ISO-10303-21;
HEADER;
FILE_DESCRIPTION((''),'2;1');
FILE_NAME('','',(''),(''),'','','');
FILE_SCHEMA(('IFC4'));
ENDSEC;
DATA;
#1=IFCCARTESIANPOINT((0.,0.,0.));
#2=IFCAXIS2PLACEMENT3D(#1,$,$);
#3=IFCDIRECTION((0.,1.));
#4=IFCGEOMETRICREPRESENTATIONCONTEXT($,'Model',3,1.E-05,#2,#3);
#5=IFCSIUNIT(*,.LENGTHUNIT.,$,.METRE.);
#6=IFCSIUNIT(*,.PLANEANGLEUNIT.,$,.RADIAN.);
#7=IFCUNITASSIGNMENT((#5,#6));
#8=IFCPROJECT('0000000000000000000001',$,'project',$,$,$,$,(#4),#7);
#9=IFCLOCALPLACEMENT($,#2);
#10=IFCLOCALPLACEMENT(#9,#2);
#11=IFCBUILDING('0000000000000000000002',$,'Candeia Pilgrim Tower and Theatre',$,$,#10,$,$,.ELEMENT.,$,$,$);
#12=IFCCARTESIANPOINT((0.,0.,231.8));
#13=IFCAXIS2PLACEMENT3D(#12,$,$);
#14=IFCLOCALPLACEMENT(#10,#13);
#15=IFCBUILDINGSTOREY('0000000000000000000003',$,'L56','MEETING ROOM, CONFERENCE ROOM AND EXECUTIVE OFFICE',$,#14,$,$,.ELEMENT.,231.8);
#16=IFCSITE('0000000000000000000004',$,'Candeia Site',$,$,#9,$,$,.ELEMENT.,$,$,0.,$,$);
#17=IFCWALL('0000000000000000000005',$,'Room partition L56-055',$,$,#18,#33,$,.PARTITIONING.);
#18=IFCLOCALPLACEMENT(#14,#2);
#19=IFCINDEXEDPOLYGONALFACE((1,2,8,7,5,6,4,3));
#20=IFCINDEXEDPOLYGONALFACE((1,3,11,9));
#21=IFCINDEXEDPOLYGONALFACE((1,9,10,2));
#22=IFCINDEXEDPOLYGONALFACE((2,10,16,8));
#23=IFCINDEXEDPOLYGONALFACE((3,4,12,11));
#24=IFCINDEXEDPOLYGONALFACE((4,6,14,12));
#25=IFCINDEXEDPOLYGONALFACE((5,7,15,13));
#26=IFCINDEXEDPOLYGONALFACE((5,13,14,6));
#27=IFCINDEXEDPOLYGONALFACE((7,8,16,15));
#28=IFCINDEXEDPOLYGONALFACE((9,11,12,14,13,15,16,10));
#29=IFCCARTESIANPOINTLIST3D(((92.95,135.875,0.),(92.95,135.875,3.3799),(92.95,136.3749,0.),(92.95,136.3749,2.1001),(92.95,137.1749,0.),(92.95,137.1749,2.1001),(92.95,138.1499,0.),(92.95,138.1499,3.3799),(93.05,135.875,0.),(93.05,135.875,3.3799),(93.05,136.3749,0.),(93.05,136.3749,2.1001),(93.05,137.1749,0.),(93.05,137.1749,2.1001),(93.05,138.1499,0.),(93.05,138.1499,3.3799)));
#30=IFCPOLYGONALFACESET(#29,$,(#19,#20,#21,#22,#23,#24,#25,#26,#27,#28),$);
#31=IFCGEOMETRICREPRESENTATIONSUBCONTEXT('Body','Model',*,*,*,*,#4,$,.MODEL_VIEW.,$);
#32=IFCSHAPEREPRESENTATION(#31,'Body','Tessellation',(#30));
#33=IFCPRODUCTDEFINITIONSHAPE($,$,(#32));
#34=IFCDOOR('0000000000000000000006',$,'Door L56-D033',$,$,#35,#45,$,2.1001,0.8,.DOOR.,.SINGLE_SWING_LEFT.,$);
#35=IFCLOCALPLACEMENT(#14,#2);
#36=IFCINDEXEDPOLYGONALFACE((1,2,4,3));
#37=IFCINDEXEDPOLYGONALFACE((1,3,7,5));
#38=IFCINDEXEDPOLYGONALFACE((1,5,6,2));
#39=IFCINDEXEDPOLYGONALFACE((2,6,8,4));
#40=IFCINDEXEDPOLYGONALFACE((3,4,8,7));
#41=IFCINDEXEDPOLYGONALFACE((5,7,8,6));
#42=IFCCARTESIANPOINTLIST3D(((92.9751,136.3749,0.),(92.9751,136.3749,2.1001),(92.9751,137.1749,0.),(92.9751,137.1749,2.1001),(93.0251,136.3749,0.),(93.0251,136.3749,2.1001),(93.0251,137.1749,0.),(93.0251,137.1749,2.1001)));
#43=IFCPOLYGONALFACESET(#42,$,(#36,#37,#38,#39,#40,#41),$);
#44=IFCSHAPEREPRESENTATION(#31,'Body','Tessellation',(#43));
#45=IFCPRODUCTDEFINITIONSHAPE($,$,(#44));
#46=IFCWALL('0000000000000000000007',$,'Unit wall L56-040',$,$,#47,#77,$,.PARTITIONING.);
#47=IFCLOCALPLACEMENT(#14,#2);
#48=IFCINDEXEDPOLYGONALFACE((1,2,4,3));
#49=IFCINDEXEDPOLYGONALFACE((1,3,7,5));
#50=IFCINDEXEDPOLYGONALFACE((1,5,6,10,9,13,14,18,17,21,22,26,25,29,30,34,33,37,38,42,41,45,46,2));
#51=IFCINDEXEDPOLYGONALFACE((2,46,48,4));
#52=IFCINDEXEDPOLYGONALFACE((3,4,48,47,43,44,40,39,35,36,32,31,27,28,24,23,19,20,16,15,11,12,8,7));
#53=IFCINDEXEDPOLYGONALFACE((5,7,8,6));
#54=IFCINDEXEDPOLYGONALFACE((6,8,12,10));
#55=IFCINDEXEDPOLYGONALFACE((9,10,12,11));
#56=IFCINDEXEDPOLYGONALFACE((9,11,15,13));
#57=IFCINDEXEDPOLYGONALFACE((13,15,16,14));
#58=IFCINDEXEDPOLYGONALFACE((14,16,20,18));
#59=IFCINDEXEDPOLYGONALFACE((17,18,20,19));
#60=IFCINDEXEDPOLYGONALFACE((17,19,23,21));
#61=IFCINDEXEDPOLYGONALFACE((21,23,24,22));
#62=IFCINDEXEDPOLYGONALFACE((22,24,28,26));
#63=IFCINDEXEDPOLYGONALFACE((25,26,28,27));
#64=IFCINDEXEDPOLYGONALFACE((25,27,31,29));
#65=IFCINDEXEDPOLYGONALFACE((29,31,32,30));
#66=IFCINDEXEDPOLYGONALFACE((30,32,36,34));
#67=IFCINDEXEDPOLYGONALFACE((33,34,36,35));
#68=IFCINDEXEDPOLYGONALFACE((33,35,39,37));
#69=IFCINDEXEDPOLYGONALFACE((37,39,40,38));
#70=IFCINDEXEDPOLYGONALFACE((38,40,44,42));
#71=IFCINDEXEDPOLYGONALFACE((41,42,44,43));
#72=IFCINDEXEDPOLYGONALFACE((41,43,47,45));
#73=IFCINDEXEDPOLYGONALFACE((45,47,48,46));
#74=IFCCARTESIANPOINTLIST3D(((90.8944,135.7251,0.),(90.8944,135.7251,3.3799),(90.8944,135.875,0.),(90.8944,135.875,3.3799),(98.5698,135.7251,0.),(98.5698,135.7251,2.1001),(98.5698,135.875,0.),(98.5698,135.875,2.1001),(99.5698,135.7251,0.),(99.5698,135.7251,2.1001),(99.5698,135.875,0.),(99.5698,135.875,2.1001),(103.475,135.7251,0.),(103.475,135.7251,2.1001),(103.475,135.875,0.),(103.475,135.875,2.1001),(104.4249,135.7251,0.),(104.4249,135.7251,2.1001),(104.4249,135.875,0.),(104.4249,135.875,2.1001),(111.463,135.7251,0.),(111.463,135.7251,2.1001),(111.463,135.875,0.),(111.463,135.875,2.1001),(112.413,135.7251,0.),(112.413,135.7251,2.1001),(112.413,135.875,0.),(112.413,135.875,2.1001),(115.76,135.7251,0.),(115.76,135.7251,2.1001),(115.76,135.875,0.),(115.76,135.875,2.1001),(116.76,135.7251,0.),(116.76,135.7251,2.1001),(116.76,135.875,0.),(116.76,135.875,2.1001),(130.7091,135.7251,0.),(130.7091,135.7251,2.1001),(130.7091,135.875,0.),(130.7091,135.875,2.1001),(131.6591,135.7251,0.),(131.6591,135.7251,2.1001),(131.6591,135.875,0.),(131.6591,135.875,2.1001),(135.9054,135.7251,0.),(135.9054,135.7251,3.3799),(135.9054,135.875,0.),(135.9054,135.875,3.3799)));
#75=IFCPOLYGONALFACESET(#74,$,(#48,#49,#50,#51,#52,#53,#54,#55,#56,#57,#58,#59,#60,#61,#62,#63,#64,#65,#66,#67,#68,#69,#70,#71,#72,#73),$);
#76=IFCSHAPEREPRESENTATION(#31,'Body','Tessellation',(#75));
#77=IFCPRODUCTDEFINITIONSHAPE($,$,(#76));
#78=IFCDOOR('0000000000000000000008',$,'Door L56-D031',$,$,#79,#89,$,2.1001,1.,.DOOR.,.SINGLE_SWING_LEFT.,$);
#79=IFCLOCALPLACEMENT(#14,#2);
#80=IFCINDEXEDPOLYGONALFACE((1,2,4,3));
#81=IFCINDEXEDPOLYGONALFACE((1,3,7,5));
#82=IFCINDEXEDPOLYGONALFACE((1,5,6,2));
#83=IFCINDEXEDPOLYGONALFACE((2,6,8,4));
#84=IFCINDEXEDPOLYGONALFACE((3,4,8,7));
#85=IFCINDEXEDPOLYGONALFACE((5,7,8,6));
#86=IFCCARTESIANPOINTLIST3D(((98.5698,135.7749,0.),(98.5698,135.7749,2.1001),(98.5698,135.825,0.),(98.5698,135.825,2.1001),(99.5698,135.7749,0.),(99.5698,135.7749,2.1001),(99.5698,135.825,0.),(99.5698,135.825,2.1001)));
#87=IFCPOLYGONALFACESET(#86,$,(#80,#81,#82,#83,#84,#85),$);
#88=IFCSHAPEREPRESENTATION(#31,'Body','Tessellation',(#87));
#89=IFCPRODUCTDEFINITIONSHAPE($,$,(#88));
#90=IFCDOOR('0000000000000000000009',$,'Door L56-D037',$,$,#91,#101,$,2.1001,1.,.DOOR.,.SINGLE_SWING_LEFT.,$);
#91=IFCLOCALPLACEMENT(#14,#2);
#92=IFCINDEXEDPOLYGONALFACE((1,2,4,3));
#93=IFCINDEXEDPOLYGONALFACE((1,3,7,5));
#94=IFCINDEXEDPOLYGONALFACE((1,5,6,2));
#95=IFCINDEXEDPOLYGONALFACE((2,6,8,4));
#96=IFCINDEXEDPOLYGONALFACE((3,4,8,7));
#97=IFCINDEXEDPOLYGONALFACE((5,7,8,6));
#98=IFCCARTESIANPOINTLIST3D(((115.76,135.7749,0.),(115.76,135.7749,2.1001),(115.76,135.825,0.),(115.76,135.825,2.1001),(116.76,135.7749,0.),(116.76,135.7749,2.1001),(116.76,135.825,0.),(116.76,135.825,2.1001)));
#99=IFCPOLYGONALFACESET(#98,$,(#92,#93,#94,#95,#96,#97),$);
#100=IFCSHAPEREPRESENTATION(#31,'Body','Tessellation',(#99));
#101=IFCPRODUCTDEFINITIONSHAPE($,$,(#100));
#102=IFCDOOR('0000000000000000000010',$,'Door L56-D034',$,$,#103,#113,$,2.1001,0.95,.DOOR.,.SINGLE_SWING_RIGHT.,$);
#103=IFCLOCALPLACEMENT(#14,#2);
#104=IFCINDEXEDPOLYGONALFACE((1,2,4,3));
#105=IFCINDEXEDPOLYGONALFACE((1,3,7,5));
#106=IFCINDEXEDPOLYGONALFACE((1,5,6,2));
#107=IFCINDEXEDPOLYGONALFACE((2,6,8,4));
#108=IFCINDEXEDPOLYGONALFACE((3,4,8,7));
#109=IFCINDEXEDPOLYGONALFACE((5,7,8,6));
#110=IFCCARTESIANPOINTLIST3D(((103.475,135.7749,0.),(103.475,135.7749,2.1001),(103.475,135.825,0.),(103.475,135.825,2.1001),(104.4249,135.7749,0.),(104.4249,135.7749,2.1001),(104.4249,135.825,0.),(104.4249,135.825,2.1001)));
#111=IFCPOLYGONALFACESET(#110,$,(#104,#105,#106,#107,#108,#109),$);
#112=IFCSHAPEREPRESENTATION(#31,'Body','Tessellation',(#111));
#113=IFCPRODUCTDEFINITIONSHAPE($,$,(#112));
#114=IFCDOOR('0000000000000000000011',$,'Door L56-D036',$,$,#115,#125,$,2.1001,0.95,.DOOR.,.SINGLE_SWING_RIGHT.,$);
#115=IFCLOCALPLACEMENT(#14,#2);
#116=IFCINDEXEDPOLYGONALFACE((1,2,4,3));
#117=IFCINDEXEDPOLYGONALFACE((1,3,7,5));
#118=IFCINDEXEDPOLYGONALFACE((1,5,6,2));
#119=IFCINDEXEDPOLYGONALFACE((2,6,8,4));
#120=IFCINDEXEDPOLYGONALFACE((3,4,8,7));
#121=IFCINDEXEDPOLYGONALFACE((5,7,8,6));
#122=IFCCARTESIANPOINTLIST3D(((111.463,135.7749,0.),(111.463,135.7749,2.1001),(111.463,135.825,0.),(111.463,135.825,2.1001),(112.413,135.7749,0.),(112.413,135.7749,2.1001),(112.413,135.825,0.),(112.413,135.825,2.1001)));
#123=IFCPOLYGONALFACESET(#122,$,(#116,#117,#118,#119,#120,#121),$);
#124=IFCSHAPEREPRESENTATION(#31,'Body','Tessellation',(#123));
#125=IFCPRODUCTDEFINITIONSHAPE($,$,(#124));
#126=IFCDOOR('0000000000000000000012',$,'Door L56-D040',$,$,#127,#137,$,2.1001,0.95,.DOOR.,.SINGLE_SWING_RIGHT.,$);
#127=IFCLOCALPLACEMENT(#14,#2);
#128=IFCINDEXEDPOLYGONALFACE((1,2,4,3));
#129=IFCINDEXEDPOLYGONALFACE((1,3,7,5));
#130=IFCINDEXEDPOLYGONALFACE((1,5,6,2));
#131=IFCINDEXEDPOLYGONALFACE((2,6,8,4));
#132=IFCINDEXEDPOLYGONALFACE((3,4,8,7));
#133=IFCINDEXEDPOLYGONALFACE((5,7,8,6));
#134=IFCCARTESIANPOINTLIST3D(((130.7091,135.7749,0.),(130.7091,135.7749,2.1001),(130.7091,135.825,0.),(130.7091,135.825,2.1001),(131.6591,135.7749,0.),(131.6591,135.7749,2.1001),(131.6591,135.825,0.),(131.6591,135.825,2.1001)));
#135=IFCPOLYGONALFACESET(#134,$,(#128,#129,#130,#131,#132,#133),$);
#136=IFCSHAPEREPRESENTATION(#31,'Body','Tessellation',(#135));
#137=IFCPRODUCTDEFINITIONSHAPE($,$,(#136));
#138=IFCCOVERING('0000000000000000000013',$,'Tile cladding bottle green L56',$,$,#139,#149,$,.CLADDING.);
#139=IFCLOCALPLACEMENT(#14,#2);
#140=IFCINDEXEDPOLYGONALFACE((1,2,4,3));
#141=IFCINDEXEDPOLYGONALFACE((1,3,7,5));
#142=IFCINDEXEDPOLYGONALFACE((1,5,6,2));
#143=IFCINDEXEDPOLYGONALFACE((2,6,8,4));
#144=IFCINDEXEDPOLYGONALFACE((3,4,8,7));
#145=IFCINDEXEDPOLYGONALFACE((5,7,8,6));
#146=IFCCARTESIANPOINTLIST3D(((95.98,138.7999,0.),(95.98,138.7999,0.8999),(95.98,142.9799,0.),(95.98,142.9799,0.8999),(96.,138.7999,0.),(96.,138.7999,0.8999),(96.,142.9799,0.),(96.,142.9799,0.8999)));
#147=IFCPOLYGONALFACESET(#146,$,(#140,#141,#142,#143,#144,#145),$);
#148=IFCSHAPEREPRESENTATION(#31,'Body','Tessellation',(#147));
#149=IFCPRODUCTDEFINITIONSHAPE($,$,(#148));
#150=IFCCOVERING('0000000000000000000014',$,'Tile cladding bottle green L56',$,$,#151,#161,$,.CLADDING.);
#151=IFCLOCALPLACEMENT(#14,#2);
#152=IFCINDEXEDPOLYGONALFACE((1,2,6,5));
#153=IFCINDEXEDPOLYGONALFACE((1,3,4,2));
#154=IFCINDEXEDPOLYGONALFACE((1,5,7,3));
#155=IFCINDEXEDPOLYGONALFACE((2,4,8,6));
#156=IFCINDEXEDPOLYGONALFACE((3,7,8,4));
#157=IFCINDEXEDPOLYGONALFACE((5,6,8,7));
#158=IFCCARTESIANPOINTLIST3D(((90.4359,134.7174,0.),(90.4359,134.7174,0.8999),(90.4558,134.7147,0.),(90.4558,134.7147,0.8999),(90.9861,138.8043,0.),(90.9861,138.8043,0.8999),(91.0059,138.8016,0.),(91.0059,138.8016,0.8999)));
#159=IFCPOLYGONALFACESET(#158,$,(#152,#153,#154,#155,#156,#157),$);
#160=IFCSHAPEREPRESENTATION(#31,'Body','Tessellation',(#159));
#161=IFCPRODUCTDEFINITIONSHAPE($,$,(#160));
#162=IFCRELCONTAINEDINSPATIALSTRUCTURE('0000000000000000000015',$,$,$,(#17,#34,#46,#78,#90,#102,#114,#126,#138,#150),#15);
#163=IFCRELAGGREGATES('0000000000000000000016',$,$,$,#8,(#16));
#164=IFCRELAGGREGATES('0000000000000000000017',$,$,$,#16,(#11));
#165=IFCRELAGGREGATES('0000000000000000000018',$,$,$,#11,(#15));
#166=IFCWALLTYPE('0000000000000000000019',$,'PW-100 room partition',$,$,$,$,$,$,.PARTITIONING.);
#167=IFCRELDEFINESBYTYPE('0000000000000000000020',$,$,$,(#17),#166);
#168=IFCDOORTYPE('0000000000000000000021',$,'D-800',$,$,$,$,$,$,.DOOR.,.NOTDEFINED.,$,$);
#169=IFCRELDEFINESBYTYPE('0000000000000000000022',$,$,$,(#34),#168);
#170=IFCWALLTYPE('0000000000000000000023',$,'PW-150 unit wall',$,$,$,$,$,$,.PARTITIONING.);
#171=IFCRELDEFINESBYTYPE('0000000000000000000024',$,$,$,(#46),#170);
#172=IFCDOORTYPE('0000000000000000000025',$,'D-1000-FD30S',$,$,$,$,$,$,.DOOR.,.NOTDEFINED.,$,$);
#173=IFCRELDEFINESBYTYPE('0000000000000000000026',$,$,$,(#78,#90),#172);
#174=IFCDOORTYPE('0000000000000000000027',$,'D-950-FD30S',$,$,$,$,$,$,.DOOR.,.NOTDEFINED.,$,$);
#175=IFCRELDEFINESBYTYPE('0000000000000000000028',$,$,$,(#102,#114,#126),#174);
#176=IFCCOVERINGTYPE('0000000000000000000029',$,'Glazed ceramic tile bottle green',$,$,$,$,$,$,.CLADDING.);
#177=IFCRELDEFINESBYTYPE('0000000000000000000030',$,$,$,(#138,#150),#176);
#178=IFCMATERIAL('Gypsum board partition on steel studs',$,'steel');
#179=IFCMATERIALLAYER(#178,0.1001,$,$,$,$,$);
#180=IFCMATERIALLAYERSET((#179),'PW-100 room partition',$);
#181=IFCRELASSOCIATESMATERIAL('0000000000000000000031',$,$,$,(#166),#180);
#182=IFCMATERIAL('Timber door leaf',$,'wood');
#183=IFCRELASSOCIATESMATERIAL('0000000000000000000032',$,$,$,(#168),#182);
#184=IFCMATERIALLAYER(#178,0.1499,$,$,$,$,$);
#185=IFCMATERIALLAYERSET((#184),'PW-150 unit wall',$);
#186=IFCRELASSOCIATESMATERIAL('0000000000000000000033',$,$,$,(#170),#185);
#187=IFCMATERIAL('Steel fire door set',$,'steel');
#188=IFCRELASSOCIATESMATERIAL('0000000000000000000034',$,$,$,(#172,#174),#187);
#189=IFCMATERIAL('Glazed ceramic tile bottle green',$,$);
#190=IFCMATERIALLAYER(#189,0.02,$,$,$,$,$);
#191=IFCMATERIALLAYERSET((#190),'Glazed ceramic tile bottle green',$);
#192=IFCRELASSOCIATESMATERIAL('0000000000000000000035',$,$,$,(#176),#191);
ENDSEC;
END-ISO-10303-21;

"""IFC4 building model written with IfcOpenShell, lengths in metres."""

from ifc_helpers import new_model, si_unit, direction, frame, frame_2d, origin, origin_2d, place, context, subcontext, project, spatial, rectangle, extrude, material, layer, layer_set, type_object, element, fill, save


model = new_model("IFC4")

# Units and contexts
model_context = context("Model", 3, precision=1e-05, world=origin(), true_north=direction((0.0, 1.0)))
body_context = subcontext(model_context, "Body", "Model", "MODEL_VIEW")
ifc_project = project(units=[si_unit("LENGTHUNIT", "METRE"), si_unit("PLANEANGLEUNIT", "RADIAN")], contexts=[model_context])

# Site, building, storey
site_placement = place(None, origin())
site = spatial("IfcSite", under=ifc_project, at=site_placement, Name="Candeia Site", CompositionType="ELEMENT", RefElevation=0.0)
building_placement = place(site_placement, origin())
building = spatial("IfcBuilding", under=site, at=building_placement, Name="Candeia Pilgrim Tower and Theatre", CompositionType="ELEMENT")
storey_placement = place(building_placement, frame((0.0, 0.0, 231.8)))
storey = spatial("IfcBuildingStorey", under=building, at=storey_placement, Name="L56", Description="MEETING ROOM, CONFERENCE ROOM AND EXECUTIVE OFFICE", CompositionType="ELEMENT", Elevation=231.8)

# Shared definitions
ifc_material_1 = material(Name="Gypsum board partition on steel studs", Category="steel")
ifc_layer_1 = layer(ifc_material_1, 0.1001)
ifc_layer_set_1 = layer_set([ifc_layer_1], Name="PW-100 room partition")
wall_type_1 = type_object("IfcWallType", Name="PW-100 room partition", PredefinedType="PARTITIONING", material=ifc_layer_set_1)

# Wall, opening, door
wall_1_placement = place(storey_placement, frame((93.0, 135.875, 0.0), z_axis=(0.0, 0.0, 1.0), x_axis=(0.0, 1.0, 0.0)))
wall_1 = element("IfcWall", 1, at=wall_1_placement, inside=storey, type_object=wall_type_1, Name="Room partition L56-055", PredefinedType="PARTITIONING", context=body_context, shape_type="SweptSolid", body=[
    extrude(rectangle(XDim=2.2749, YDim=0.1001, at=frame_2d((1.1375, 0.0))), origin(), (0.0, 0.0, 1.0), 3.3799),
])
opening_1_placement = place(wall_1_placement, frame((0.5, 0.0, 0.0)))
opening_1 = element("IfcOpeningElement", 2, at=opening_1_placement, cuts=wall_1, PredefinedType="OPENING", context=body_context, shape_type="SweptSolid", body=[
    extrude(rectangle(XDim=0.8, YDim=2.1001, at=frame_2d((0.3999, 1.05))), frame((0.0, 0.0601, 0.0), z_axis=(0.0, -1.0, 0.0), x_axis=(1.0, 0.0, 0.0)), (0.0, 0.0, 1.0), 0.1201),
])
ifc_material_2 = material(Name="Timber door leaf", Category="wood")
door_type_1 = type_object("IfcDoorType", Name="D-800", OperationType="NOTDEFINED", PredefinedType="DOOR", material=ifc_material_2)
door_1_placement = place(opening_1_placement, origin())
door_1 = element("IfcDoor", 3, at=door_1_placement, inside=storey, type_object=door_type_1, Name="Door L56-D033", OperationType="SINGLE_SWING_LEFT", OverallHeight=2.1001, OverallWidth=0.8, PredefinedType="DOOR", context=body_context, shape_type="SweptSolid", body=[
    extrude(rectangle(XDim=0.8, YDim=2.1001, at=frame_2d((0.3999, 1.05))), frame((0.0, 0.0249, 0.0), z_axis=(0.0, -1.0, 0.0), x_axis=(1.0, 0.0, 0.0)), (0.0, 0.0, 1.0), 0.05),
])
fill(opening_1, door_1)

# Wall, openings, doors
ifc_layer_2 = layer(ifc_material_1, 0.1499)
ifc_layer_set_2 = layer_set([ifc_layer_2], Name="PW-150 unit wall")
wall_type_2 = type_object("IfcWallType", Name="PW-150 unit wall", PredefinedType="PARTITIONING", material=ifc_layer_set_2)
wall_2_placement = place(storey_placement, frame((90.8945, 135.8, 0.0), z_axis=(0.0, 0.0, 1.0), x_axis=(1.0, 0.0, 0.0)))
wall_2 = element("IfcWall", 4, at=wall_2_placement, inside=storey, type_object=wall_type_2, Name="Unit wall L56-040", PredefinedType="PARTITIONING", context=body_context, shape_type="SweptSolid", body=[
    extrude(rectangle(XDim=45.011, YDim=0.1499, at=frame_2d((22.5054, 0.0))), origin(), (0.0, 0.0, 1.0), 3.3799),
])
opening_2_placement = place(wall_2_placement, frame((7.6753, 0.0, 0.0)))
opening_2 = element("IfcOpeningElement", 5, at=opening_2_placement, cuts=wall_2, PredefinedType="OPENING", context=body_context, shape_type="SweptSolid", body=[
    extrude(rectangle(XDim=1.0, YDim=2.1001, at=frame_2d((0.5, 1.05))), frame((0.0, 0.085, 0.0), z_axis=(0.0, -1.0, 0.0), x_axis=(1.0, 0.0, 0.0)), (0.0, 0.0, 1.0), 0.1699),
])
opening_3_placement = place(wall_2_placement, frame((12.5803, 0.0, 0.0)))
opening_3 = element("IfcOpeningElement", 6, at=opening_3_placement, cuts=wall_2, PredefinedType="OPENING", context=body_context, shape_type="SweptSolid", body=[
    extrude(rectangle(XDim=0.95, YDim=2.1001, at=frame_2d((0.4751, 1.05))), frame((0.0, 0.085, 0.0), z_axis=(0.0, -1.0, 0.0), x_axis=(1.0, 0.0, 0.0)), (0.0, 0.0, 1.0), 0.1699),
])
opening_4_placement = place(wall_2_placement, frame((20.5684, 0.0, 0.0)))
opening_4 = element("IfcOpeningElement", 7, at=opening_4_placement, cuts=wall_2, PredefinedType="OPENING", context=body_context, shape_type="SweptSolid", body=[
    extrude(rectangle(XDim=0.95, YDim=2.1001, at=frame_2d((0.4751, 1.05))), frame((0.0, 0.085, 0.0), z_axis=(0.0, -1.0, 0.0), x_axis=(1.0, 0.0, 0.0)), (0.0, 0.0, 1.0), 0.1699),
])
opening_5_placement = place(wall_2_placement, frame((24.8655, 0.0, 0.0)))
opening_5 = element("IfcOpeningElement", 8, at=opening_5_placement, cuts=wall_2, PredefinedType="OPENING", context=body_context, shape_type="SweptSolid", body=[
    extrude(rectangle(XDim=1.0, YDim=2.1001, at=frame_2d((0.5, 1.05))), frame((0.0, 0.085, 0.0), z_axis=(0.0, -1.0, 0.0), x_axis=(1.0, 0.0, 0.0)), (0.0, 0.0, 1.0), 0.1699),
])
opening_6_placement = place(wall_2_placement, frame((39.8145, 0.0, 0.0)))
opening_6 = element("IfcOpeningElement", 9, at=opening_6_placement, cuts=wall_2, PredefinedType="OPENING", context=body_context, shape_type="SweptSolid", body=[
    extrude(rectangle(XDim=0.95, YDim=2.1001, at=frame_2d((0.4751, 1.05))), frame((0.0, 0.085, 0.0), z_axis=(0.0, -1.0, 0.0), x_axis=(1.0, 0.0, 0.0)), (0.0, 0.0, 1.0), 0.1699),
])
ifc_material_3 = material(Name="Steel fire door set", Category="steel")
door_type_2 = type_object("IfcDoorType", Name="D-1000-FD30S", OperationType="NOTDEFINED", PredefinedType="DOOR", material=ifc_material_3)
door_2_placement = place(opening_2_placement, origin())
door_2 = element("IfcDoor", 10, at=door_2_placement, inside=storey, type_object=door_type_2, Name="Door L56-D031", OperationType="SINGLE_SWING_LEFT", OverallHeight=2.1001, OverallWidth=1.0, PredefinedType="DOOR", context=body_context, shape_type="SweptSolid", body=[
    extrude(rectangle(XDim=1.0, YDim=2.1001, at=frame_2d((0.5, 1.05))), frame((0.0, 0.0249, 0.0), z_axis=(0.0, -1.0, 0.0), x_axis=(1.0, 0.0, 0.0)), (0.0, 0.0, 1.0), 0.05),
])
fill(opening_2, door_2)
door_3_placement = place(opening_5_placement, origin())
door_3 = element("IfcDoor", 11, at=door_3_placement, inside=storey, type_object=door_type_2, Name="Door L56-D037", OperationType="SINGLE_SWING_LEFT", OverallHeight=2.1001, OverallWidth=1.0, PredefinedType="DOOR", context=body_context, shape_type="SweptSolid", body=[
    extrude(rectangle(XDim=1.0, YDim=2.1001, at=frame_2d((0.5, 1.05))), frame((0.0, 0.0249, 0.0), z_axis=(0.0, -1.0, 0.0), x_axis=(1.0, 0.0, 0.0)), (0.0, 0.0, 1.0), 0.05),
])
fill(opening_5, door_3)
door_type_3 = type_object("IfcDoorType", Name="D-950-FD30S", OperationType="NOTDEFINED", PredefinedType="DOOR", material=ifc_material_3)
door_4_placement = place(opening_3_placement, origin())
door_4 = element("IfcDoor", 12, at=door_4_placement, inside=storey, type_object=door_type_3, Name="Door L56-D034", OperationType="SINGLE_SWING_RIGHT", OverallHeight=2.1001, OverallWidth=0.95, PredefinedType="DOOR", context=body_context, shape_type="SweptSolid", body=[
    extrude(rectangle(XDim=0.95, YDim=2.1001, at=frame_2d((0.4751, 1.05))), frame((0.0, 0.0249, 0.0), z_axis=(0.0, -1.0, 0.0), x_axis=(1.0, 0.0, 0.0)), (0.0, 0.0, 1.0), 0.05),
])
fill(opening_3, door_4)
door_5_placement = place(opening_4_placement, origin())
door_5 = element("IfcDoor", 13, at=door_5_placement, inside=storey, type_object=door_type_3, Name="Door L56-D036", OperationType="SINGLE_SWING_RIGHT", OverallHeight=2.1001, OverallWidth=0.95, PredefinedType="DOOR", context=body_context, shape_type="SweptSolid", body=[
    extrude(rectangle(XDim=0.95, YDim=2.1001, at=frame_2d((0.4751, 1.05))), frame((0.0, 0.0249, 0.0), z_axis=(0.0, -1.0, 0.0), x_axis=(1.0, 0.0, 0.0)), (0.0, 0.0, 1.0), 0.05),
])
fill(opening_4, door_5)
door_6_placement = place(opening_6_placement, origin())
door_6 = element("IfcDoor", 14, at=door_6_placement, inside=storey, type_object=door_type_3, Name="Door L56-D040", OperationType="SINGLE_SWING_RIGHT", OverallHeight=2.1001, OverallWidth=0.95, PredefinedType="DOOR", context=body_context, shape_type="SweptSolid", body=[
    extrude(rectangle(XDim=0.95, YDim=2.1001, at=frame_2d((0.4751, 1.05))), frame((0.0, 0.0249, 0.0), z_axis=(0.0, -1.0, 0.0), x_axis=(1.0, 0.0, 0.0)), (0.0, 0.0, 1.0), 0.05),
])
fill(opening_6, door_6)

# Coverings
ifc_material_4 = material(Name="Glazed ceramic tile bottle green")
ifc_layer_3 = layer(ifc_material_4, 0.02)
ifc_layer_set_3 = layer_set([ifc_layer_3], Name="Glazed ceramic tile bottle green")
covering_type_1 = type_object("IfcCoveringType", Name="Glazed ceramic tile bottle green", PredefinedType="CLADDING", material=ifc_layer_set_3)
covering_1_placement = place(storey_placement, frame((95.99, 140.8899, 0.0), z_axis=(0.0, 0.0, 1.0), x_axis=(0.0, -1.0, 0.0)))
element("IfcCovering", 15, at=covering_1_placement, inside=storey, type_object=covering_type_1, Name="Tile cladding bottle green L56", PredefinedType="CLADDING", context=body_context, shape_type="SweptSolid", body=[
    extrude(rectangle(XDim=4.1799, YDim=0.02, at=origin_2d()), origin(), (0.0, 0.0, 1.0), 0.8999),
])
covering_2_placement = place(storey_placement, frame((90.7209, 136.7595, 0.0), z_axis=(0.0, 0.0, 1.0), x_axis=(-0.133412, -0.991061, 0.0)))
element("IfcCovering", 16, at=covering_2_placement, inside=storey, type_object=covering_type_1, Name="Tile cladding bottle green L56", PredefinedType="CLADDING", context=body_context, shape_type="SweptSolid", body=[
    extrude(rectangle(XDim=4.1238, YDim=0.02, at=origin_2d()), origin(), (0.0, 0.0, 1.0), 0.8999),
])

save(model, "model.ifc")
